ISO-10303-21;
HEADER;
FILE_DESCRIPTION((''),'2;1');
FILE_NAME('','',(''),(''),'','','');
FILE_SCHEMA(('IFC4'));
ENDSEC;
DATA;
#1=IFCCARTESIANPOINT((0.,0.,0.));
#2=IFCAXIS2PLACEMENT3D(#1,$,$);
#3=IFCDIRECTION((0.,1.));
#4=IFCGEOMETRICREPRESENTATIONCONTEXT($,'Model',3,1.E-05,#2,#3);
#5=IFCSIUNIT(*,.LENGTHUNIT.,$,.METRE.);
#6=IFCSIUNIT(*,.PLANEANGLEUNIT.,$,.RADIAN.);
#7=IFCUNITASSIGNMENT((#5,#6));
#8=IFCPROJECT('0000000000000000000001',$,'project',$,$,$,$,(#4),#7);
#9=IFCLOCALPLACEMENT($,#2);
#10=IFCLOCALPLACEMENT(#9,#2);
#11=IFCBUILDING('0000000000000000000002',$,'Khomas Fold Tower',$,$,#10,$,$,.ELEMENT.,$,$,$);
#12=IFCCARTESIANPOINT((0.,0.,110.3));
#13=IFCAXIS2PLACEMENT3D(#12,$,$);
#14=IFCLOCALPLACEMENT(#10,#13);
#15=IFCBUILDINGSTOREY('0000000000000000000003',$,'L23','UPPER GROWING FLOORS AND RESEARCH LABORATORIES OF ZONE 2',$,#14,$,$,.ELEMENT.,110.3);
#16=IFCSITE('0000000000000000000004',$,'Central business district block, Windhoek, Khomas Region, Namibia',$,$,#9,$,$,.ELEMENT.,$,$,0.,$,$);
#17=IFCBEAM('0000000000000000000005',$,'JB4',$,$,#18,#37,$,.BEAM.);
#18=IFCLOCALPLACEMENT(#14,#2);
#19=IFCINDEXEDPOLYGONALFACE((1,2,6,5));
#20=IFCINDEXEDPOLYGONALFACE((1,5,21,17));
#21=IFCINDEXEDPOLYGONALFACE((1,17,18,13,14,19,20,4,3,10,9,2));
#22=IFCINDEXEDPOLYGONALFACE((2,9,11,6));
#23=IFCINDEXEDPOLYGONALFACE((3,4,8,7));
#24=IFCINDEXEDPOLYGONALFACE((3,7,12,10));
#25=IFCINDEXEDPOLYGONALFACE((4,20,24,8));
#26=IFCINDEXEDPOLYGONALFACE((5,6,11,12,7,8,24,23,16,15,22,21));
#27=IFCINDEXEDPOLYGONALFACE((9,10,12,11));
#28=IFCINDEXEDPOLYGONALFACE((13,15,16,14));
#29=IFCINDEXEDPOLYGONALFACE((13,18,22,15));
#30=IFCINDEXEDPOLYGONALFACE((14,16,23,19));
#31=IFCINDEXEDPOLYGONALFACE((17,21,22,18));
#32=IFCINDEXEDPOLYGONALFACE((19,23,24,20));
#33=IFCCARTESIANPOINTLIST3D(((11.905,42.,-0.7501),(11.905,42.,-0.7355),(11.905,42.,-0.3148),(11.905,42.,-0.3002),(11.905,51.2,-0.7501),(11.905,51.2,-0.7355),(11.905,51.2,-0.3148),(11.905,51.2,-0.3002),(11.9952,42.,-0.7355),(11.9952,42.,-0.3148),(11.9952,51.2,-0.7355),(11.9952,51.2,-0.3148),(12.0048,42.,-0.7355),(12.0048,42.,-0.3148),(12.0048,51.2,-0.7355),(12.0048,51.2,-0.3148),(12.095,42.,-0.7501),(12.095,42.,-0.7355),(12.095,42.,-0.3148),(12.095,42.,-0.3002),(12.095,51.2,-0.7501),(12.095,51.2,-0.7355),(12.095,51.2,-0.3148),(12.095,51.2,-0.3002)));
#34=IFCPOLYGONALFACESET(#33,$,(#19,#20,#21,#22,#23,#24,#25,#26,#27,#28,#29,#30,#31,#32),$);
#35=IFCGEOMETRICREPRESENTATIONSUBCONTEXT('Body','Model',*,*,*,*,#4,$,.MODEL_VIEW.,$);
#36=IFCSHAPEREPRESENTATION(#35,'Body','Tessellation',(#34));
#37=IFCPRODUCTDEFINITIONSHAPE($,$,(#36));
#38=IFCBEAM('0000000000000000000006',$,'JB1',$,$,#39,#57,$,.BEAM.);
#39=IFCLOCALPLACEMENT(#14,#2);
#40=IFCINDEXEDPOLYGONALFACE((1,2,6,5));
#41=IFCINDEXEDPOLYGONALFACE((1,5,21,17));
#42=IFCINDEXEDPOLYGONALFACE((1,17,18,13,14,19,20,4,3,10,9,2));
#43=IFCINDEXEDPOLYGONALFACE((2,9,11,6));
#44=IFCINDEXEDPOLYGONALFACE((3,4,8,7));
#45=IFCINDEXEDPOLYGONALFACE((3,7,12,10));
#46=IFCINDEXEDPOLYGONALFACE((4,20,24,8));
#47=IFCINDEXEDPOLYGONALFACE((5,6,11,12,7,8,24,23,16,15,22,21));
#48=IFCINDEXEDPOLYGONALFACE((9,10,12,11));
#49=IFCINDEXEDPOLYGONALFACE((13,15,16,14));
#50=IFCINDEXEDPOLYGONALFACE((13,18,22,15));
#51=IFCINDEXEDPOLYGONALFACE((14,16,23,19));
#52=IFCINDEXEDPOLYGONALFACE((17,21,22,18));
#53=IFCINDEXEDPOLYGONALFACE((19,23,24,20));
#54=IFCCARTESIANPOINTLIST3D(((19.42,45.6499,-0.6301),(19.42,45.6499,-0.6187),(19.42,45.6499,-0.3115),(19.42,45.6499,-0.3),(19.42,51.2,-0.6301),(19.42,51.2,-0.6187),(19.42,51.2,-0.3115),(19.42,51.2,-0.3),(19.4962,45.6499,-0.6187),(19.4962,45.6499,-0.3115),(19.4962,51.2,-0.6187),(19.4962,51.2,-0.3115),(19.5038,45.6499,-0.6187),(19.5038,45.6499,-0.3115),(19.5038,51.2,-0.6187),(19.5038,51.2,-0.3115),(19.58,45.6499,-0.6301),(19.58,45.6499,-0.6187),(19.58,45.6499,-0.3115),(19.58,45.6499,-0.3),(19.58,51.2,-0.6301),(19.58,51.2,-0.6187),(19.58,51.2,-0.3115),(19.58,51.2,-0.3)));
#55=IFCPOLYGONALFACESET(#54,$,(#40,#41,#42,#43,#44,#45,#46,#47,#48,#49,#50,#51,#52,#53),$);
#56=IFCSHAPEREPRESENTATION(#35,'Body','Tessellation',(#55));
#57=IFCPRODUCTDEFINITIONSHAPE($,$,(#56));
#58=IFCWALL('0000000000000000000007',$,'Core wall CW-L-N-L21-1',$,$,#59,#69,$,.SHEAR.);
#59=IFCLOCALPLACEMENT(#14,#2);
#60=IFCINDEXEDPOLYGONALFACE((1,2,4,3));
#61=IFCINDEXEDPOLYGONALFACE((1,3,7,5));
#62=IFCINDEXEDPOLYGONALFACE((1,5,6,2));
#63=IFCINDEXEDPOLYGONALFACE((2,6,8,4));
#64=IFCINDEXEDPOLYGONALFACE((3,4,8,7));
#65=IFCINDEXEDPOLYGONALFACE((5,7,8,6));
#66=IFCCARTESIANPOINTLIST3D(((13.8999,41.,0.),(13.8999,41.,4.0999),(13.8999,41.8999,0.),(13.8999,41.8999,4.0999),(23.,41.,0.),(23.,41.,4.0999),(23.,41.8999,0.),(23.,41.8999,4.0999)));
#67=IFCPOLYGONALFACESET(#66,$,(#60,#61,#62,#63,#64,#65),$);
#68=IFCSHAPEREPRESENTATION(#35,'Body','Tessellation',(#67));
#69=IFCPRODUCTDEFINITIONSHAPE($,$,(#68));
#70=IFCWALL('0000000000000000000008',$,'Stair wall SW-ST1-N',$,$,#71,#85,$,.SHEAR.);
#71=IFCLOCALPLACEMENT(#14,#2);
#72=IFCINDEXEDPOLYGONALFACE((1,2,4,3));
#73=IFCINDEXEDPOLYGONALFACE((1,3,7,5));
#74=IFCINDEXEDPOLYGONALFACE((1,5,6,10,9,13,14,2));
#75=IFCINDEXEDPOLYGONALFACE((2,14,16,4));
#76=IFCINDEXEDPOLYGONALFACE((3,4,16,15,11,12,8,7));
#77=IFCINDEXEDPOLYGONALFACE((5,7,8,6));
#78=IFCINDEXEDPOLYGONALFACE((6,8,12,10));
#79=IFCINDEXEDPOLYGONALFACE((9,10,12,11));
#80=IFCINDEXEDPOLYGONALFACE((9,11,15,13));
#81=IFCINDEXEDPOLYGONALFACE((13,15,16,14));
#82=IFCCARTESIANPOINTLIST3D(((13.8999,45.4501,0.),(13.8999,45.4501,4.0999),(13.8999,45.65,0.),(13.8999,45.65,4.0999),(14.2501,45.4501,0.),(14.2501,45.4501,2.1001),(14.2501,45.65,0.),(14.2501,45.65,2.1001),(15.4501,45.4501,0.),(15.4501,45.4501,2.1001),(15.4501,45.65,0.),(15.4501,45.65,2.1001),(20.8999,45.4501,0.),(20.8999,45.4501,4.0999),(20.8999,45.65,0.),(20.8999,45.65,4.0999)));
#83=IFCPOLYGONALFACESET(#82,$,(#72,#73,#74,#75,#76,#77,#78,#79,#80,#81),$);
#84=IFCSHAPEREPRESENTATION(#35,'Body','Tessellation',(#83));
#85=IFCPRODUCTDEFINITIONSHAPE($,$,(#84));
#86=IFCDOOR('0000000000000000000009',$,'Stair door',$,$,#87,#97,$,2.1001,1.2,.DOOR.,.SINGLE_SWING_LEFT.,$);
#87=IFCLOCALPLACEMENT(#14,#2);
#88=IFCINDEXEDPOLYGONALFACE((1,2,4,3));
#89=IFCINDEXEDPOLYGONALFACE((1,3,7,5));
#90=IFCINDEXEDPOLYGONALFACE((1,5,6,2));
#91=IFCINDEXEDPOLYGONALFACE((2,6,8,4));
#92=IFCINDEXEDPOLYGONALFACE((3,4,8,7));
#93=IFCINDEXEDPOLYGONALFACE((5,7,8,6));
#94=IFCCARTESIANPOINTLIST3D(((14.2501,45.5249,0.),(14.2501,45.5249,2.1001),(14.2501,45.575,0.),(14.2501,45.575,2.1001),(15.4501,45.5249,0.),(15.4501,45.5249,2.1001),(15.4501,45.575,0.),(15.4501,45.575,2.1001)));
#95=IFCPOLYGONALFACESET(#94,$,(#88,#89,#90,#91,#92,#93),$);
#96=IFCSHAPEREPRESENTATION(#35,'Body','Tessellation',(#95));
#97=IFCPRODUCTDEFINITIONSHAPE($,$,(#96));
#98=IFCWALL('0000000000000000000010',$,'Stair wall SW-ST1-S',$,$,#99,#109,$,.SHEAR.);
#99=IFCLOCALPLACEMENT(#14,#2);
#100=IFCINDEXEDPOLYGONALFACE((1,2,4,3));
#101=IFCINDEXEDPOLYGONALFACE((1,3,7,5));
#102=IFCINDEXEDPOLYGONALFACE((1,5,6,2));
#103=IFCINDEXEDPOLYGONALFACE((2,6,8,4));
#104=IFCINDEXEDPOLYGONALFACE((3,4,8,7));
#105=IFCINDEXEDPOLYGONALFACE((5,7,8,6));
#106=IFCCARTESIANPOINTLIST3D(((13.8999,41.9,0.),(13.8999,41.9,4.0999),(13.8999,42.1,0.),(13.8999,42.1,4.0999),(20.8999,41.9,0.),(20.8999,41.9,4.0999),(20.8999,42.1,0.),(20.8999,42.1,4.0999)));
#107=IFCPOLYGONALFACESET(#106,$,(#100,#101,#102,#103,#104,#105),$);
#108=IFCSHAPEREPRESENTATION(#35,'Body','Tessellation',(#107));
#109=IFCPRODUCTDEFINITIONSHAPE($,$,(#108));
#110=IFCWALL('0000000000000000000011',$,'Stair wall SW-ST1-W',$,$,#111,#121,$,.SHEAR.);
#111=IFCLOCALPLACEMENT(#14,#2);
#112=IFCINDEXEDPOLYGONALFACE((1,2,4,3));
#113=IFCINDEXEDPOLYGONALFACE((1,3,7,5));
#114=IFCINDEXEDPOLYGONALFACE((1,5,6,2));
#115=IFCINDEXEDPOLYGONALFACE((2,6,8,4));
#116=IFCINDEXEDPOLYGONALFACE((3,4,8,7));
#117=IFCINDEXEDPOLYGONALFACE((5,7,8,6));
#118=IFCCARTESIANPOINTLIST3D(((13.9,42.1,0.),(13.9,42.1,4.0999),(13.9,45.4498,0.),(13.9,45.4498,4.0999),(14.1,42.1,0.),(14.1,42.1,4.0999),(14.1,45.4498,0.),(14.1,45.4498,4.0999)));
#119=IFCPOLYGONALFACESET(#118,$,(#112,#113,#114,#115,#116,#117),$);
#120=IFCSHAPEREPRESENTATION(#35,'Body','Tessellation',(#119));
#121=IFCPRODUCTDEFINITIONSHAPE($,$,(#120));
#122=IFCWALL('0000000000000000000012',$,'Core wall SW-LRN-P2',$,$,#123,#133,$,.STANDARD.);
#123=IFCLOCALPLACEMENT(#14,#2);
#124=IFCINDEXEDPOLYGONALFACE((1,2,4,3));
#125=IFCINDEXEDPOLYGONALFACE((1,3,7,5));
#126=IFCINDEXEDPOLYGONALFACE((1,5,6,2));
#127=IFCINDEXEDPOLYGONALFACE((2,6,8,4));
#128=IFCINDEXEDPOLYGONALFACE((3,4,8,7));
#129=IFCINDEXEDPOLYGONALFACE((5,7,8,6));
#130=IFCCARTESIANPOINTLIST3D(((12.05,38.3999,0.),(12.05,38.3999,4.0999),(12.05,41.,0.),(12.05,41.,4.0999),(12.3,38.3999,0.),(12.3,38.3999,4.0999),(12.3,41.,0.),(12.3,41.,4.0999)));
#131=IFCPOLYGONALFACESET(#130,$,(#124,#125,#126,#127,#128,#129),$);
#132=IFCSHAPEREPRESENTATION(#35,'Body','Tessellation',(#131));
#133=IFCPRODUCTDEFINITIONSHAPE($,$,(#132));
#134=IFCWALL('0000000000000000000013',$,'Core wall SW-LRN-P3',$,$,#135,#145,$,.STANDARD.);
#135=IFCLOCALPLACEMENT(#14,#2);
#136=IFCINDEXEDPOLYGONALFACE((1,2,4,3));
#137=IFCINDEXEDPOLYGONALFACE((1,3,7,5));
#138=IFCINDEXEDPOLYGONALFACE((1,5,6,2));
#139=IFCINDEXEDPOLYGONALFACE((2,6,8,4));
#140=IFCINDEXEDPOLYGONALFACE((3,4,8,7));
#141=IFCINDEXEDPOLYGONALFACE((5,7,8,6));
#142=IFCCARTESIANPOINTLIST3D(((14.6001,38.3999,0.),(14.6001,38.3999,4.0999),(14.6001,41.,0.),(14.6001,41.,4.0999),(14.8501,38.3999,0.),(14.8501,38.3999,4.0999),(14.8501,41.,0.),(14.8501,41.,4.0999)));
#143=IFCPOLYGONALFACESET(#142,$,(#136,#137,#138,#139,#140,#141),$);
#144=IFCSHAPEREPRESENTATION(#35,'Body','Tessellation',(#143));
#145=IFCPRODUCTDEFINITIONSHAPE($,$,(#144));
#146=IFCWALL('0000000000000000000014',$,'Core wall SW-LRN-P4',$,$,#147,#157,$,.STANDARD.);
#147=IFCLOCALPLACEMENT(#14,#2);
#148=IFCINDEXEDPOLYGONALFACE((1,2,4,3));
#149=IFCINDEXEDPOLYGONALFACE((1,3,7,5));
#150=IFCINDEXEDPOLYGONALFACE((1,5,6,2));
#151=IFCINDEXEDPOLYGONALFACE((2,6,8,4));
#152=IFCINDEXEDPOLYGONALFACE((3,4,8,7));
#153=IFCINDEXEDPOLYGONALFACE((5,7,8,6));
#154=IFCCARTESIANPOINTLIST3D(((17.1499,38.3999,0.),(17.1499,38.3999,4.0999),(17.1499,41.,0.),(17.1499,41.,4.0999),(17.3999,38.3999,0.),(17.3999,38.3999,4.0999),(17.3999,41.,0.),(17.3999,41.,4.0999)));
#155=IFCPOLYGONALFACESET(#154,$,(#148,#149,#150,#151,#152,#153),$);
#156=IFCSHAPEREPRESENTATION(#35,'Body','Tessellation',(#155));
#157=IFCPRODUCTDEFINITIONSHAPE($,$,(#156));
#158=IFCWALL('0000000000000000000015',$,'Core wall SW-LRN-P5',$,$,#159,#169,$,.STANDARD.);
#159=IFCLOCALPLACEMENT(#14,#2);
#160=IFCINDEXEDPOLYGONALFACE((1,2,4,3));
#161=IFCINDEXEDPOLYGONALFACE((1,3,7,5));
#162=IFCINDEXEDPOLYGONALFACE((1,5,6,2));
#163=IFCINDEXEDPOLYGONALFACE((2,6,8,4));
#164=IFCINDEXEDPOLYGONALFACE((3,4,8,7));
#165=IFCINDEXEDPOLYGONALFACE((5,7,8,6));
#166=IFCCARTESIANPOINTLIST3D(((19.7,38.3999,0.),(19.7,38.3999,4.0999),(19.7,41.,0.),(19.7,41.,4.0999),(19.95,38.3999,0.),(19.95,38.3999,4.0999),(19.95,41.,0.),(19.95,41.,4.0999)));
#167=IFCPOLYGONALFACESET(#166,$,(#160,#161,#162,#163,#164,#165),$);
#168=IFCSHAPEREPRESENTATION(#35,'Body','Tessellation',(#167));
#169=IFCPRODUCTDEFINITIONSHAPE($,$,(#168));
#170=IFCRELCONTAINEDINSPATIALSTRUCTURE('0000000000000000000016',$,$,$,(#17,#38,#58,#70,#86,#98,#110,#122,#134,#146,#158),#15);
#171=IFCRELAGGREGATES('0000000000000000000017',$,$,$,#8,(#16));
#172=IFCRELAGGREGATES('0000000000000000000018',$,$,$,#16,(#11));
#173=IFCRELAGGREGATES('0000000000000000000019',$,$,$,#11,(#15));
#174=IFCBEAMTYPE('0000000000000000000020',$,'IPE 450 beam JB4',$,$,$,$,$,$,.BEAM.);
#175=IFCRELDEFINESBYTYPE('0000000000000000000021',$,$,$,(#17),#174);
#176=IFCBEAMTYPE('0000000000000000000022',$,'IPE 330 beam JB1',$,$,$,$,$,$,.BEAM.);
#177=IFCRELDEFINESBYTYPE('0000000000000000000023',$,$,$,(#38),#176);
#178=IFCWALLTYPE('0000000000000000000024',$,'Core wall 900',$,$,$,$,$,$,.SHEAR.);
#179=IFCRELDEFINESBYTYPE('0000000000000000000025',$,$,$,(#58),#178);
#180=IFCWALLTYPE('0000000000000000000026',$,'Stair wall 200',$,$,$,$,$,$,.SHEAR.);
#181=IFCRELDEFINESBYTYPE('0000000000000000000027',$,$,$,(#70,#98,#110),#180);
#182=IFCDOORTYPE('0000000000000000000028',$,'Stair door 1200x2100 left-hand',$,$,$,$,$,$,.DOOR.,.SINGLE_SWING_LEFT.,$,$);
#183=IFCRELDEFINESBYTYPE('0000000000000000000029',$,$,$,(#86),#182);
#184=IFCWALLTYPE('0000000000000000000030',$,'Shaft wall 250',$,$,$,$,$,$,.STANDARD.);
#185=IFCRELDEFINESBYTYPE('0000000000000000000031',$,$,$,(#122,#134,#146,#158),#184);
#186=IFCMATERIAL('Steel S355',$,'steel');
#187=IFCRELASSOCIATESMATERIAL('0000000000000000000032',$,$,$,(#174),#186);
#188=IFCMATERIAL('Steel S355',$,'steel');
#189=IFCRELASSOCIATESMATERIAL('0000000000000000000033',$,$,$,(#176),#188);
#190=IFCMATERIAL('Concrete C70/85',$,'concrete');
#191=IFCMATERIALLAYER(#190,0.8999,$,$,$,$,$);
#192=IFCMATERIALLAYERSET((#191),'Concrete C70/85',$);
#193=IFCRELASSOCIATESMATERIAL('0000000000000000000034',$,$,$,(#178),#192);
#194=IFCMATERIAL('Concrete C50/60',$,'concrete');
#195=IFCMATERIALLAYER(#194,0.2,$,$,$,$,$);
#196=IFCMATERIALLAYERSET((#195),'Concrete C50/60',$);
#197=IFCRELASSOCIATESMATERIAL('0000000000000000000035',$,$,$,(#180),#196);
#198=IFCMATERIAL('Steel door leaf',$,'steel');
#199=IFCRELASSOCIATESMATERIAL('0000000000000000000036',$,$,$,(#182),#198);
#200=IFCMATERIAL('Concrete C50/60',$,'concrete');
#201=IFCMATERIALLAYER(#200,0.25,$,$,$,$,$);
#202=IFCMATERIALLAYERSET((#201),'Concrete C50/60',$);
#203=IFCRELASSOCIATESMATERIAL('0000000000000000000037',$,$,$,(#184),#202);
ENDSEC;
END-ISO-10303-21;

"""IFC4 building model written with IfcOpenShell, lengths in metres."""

from ifc_helpers import new_model, si_unit, direction, frame, frame_2d, origin, origin_2d, place, context, subcontext, project, spatial, rectangle, i_section, extrude, source, transform, mapped, material, layer, layer_set, material_profile, profile_set, type_object, element, fill, save


model = new_model("IFC4")

# Units and contexts
model_context = context("Model", 3, precision=1e-05, world=origin(), true_north=direction((0.0, 1.0)))
body_context = subcontext(model_context, "Body", "Model", "MODEL_VIEW")
ifc_project = project(units=[si_unit("LENGTHUNIT", "METRE"), si_unit("PLANEANGLEUNIT", "RADIAN")], contexts=[model_context])

# Site, building, storey
site_placement = place(None, origin())
site = spatial("IfcSite", under=ifc_project, at=site_placement, Name="Central business district block, Windhoek, Khomas Region, Namibia", CompositionType="ELEMENT", RefElevation=0.0)
building_placement = place(site_placement, origin())
building = spatial("IfcBuilding", under=site, at=building_placement, Name="Khomas Fold Tower", CompositionType="ELEMENT")
storey_placement = place(building_placement, frame((0.0, 0.0, 110.3)))
storey = spatial("IfcBuildingStorey", under=building, at=storey_placement, Name="L23", Description="UPPER GROWING FLOORS AND RESEARCH LABORATORIES OF ZONE 2", CompositionType="ELEMENT", Elevation=110.3)

# Beams
ifc_material_1 = material(Name="Steel S355", Category="steel")
ifc_material_profile_1 = material_profile(ifc_material_1, i_section(OverallWidth=0.1899, OverallDepth=0.45, WebThickness=0.0095, FlangeThickness=0.0146, at=origin_2d()), Name="IPE 450")
ifc_profile_set_1 = profile_set([ifc_material_profile_1], Name="Steel S355")
beam_type_1 = type_object("IfcBeamType", Name="IPE 450 beam JB4", PredefinedType="BEAM", material=ifc_profile_set_1)
shared_shape_1 = source(origin(), body_context, "Body", "SweptSolid", [
    extrude(i_section(OverallWidth=0.1899, OverallDepth=0.45, WebThickness=0.0095, FlangeThickness=0.0146, at=origin_2d()), origin(), (0.0, 0.0, 1.0), 9.2),
])
beam_1_placement = place(storey_placement, frame((12.0, 42.0, -0.5251), z_axis=(0.0, 1.0, 0.0), x_axis=(-1.0, 0.0, 0.0)))
element("IfcBeam", 1, at=beam_1_placement, inside=storey, type_object=beam_type_1, Name="JB4", PredefinedType="BEAM", context=body_context, shape_type="MappedRepresentation", body=[
    mapped(shared_shape_1, transform((0.0, 0.0, 0.0))),
])
ifc_material_2 = material(Name="Steel S355", Category="steel")
ifc_material_profile_2 = material_profile(ifc_material_2, i_section(OverallWidth=0.1599, OverallDepth=0.3301, WebThickness=0.0076, FlangeThickness=0.0115, at=origin_2d()), Name="IPE 330")
ifc_profile_set_2 = profile_set([ifc_material_profile_2], Name="Steel S355")
beam_type_2 = type_object("IfcBeamType", Name="IPE 330 beam JB1", PredefinedType="BEAM", material=ifc_profile_set_2)
shared_shape_2 = source(origin(), body_context, "Body", "SweptSolid", [
    extrude(i_section(OverallWidth=0.1599, OverallDepth=0.3301, WebThickness=0.0076, FlangeThickness=0.0115, at=origin_2d()), origin(), (0.0, 0.0, 1.0), 5.55),
])
beam_2_placement = place(storey_placement, frame((19.5, 45.6499, -0.4651), z_axis=(0.0, 1.0, 0.0), x_axis=(-1.0, 0.0, 0.0)))
element("IfcBeam", 2, at=beam_2_placement, inside=storey, type_object=beam_type_2, Name="JB1", PredefinedType="BEAM", context=body_context, shape_type="MappedRepresentation", body=[
    mapped(shared_shape_2, transform((0.0, 0.0, 0.0))),
])

# Wall
ifc_material_3 = material(Name="Concrete C70/85", Category="concrete")
ifc_layer_1 = layer(ifc_material_3, 0.8999)
ifc_layer_set_1 = layer_set([ifc_layer_1], Name="Concrete C70/85")
wall_type_1 = type_object("IfcWallType", Name="Core wall 900", PredefinedType="SHEAR", material=ifc_layer_set_1)
shared_shape_3 = source(origin(), body_context, "Body", "SweptSolid", [
    extrude(rectangle(XDim=9.1001, YDim=0.8999, at=frame_2d((4.55, 0.0))), origin(), (0.0, 0.0, 1.0), 4.0999),
])
wall_1_placement = place(storey_placement, frame((13.8999, 41.45, 0.0), z_axis=(0.0, 0.0, 1.0), x_axis=(1.0, 0.0, 0.0)))
element("IfcWall", 3, at=wall_1_placement, inside=storey, type_object=wall_type_1, Name="Core wall CW-L-N-L21-1", PredefinedType="SHEAR", context=body_context, shape_type="MappedRepresentation", body=[
    mapped(shared_shape_3, transform((0.0, 0.0, 0.0))),
])

# Wall, opening, door
ifc_material_4 = material(Name="Concrete C50/60", Category="concrete")
ifc_layer_2 = layer(ifc_material_4, 0.2)
ifc_layer_set_2 = layer_set([ifc_layer_2], Name="Concrete C50/60")
wall_type_2 = type_object("IfcWallType", Name="Stair wall 200", PredefinedType="SHEAR", material=ifc_layer_set_2)
shared_shape_4 = source(origin(), body_context, "Body", "SweptSolid", [
    extrude(rectangle(XDim=7.0, YDim=0.2, at=frame_2d((3.5, 0.0))), origin(), (0.0, 0.0, 1.0), 4.0999),
])
wall_2_placement = place(storey_placement, frame((13.8999, 45.55, 0.0), z_axis=(0.0, 0.0, 1.0), x_axis=(1.0, 0.0, 0.0)))
wall_2 = element("IfcWall", 4, at=wall_2_placement, inside=storey, type_object=wall_type_2, Name="Stair wall SW-ST1-N", PredefinedType="SHEAR", context=body_context, shape_type="MappedRepresentation", body=[
    mapped(shared_shape_4, transform((0.0, 0.0, 0.0))),
])
shared_shape_5 = source(origin(), body_context, "Body", "SweptSolid", [
    extrude(rectangle(XDim=1.2, YDim=2.1001, at=frame_2d((0.6001, 1.05))), frame((0.0, 0.1099, 0.0), z_axis=(0.0, -1.0, 0.0), x_axis=(1.0, 0.0, 0.0)), (0.0, 0.0, 1.0), 0.22),
])
opening_1_placement = place(wall_2_placement, frame((0.3501, 0.0, 0.0)))
opening_1 = element("IfcOpeningElement", 5, at=opening_1_placement, cuts=wall_2, PredefinedType="OPENING", context=body_context, shape_type="MappedRepresentation", body=[
    mapped(shared_shape_5, transform((0.0, 0.0, 0.0))),
])
ifc_material_5 = material(Name="Steel door leaf", Category="steel")
door_type_1 = type_object("IfcDoorType", Name="Stair door 1200x2100 left-hand", OperationType="SINGLE_SWING_LEFT", PredefinedType="DOOR", material=ifc_material_5)
shared_shape_6 = source(origin(), body_context, "Body", "SweptSolid", [
    extrude(rectangle(XDim=1.2, YDim=2.1001, at=frame_2d((0.6001, 1.05))), frame((0.0, 0.0249, 0.0), z_axis=(0.0, -1.0, 0.0), x_axis=(1.0, 0.0, 0.0)), (0.0, 0.0, 1.0), 0.05),
])
door_1_placement = place(opening_1_placement, origin())
door_1 = element("IfcDoor", 6, at=door_1_placement, inside=storey, type_object=door_type_1, Name="Stair door", OperationType="SINGLE_SWING_LEFT", OverallHeight=2.1001, OverallWidth=1.2, PredefinedType="DOOR", context=body_context, shape_type="MappedRepresentation", body=[
    mapped(shared_shape_6, transform((0.0, 0.0, 0.0))),
])
fill(opening_1, door_1)

# Walls
wall_3_placement = place(storey_placement, frame((13.8999, 42.0, 0.0), z_axis=(0.0, 0.0, 1.0), x_axis=(1.0, 0.0, 0.0)))
element("IfcWall", 7, at=wall_3_placement, inside=storey, type_object=wall_type_2, Name="Stair wall SW-ST1-S", PredefinedType="SHEAR", context=body_context, shape_type="MappedRepresentation", body=[
    mapped(shared_shape_4, transform((0.0, 0.0, 0.0))),
])
shared_shape_7 = source(origin(), body_context, "Body", "SweptSolid", [
    extrude(rectangle(XDim=3.3499, YDim=0.2, at=frame_2d((1.6748, 0.0))), origin(), (0.0, 0.0, 1.0), 4.0999),
])
wall_4_placement = place(storey_placement, frame((14.0, 42.1001, 0.0), z_axis=(0.0, 0.0, 1.0), x_axis=(0.0, 1.0, 0.0)))
element("IfcWall", 8, at=wall_4_placement, inside=storey, type_object=wall_type_2, Name="Stair wall SW-ST1-W", PredefinedType="SHEAR", context=body_context, shape_type="MappedRepresentation", body=[
    mapped(shared_shape_7, transform((0.0, 0.0, 0.0))),
])
ifc_material_6 = material(Name="Concrete C50/60", Category="concrete")
ifc_layer_3 = layer(ifc_material_6, 0.25)
ifc_layer_set_3 = layer_set([ifc_layer_3], Name="Concrete C50/60")
wall_type_3 = type_object("IfcWallType", Name="Shaft wall 250", PredefinedType="STANDARD", material=ifc_layer_set_3)
shared_shape_8 = source(origin(), body_context, "Body", "SweptSolid", [
    extrude(rectangle(XDim=2.6001, YDim=0.25, at=frame_2d((1.3, 0.0))), origin(), (0.0, 0.0, 1.0), 4.0999),
])
for number, where, z_axis, x_axis, name in (
    (9, (12.175, 38.3999, 0.0), (0.0, 0.0, 1.0), (0.0, 1.0, 0.0), "Core wall SW-LRN-P2"),
    (10, (14.7251, 38.3999, 0.0), (0.0, 0.0, 1.0), (0.0, 1.0, 0.0), "Core wall SW-LRN-P3"),
    (11, (17.2749, 38.3999, 0.0), (0.0, 0.0, 1.0), (0.0, 1.0, 0.0), "Core wall SW-LRN-P4"),
    (12, (19.825, 38.3999, 0.0), (0.0, 0.0, 1.0), (0.0, 1.0, 0.0), "Core wall SW-LRN-P5"),
):
    element("IfcWall", number, at=place(storey_placement, frame(where, z_axis=z_axis, x_axis=x_axis)), inside=storey, type_object=wall_type_3, Name=name, PredefinedType="STANDARD", context=body_context, shape_type="MappedRepresentation", body=[
        mapped(shared_shape_8, transform((0.0, 0.0, 0.0))),
    ])

save(model, "model.ifc")
